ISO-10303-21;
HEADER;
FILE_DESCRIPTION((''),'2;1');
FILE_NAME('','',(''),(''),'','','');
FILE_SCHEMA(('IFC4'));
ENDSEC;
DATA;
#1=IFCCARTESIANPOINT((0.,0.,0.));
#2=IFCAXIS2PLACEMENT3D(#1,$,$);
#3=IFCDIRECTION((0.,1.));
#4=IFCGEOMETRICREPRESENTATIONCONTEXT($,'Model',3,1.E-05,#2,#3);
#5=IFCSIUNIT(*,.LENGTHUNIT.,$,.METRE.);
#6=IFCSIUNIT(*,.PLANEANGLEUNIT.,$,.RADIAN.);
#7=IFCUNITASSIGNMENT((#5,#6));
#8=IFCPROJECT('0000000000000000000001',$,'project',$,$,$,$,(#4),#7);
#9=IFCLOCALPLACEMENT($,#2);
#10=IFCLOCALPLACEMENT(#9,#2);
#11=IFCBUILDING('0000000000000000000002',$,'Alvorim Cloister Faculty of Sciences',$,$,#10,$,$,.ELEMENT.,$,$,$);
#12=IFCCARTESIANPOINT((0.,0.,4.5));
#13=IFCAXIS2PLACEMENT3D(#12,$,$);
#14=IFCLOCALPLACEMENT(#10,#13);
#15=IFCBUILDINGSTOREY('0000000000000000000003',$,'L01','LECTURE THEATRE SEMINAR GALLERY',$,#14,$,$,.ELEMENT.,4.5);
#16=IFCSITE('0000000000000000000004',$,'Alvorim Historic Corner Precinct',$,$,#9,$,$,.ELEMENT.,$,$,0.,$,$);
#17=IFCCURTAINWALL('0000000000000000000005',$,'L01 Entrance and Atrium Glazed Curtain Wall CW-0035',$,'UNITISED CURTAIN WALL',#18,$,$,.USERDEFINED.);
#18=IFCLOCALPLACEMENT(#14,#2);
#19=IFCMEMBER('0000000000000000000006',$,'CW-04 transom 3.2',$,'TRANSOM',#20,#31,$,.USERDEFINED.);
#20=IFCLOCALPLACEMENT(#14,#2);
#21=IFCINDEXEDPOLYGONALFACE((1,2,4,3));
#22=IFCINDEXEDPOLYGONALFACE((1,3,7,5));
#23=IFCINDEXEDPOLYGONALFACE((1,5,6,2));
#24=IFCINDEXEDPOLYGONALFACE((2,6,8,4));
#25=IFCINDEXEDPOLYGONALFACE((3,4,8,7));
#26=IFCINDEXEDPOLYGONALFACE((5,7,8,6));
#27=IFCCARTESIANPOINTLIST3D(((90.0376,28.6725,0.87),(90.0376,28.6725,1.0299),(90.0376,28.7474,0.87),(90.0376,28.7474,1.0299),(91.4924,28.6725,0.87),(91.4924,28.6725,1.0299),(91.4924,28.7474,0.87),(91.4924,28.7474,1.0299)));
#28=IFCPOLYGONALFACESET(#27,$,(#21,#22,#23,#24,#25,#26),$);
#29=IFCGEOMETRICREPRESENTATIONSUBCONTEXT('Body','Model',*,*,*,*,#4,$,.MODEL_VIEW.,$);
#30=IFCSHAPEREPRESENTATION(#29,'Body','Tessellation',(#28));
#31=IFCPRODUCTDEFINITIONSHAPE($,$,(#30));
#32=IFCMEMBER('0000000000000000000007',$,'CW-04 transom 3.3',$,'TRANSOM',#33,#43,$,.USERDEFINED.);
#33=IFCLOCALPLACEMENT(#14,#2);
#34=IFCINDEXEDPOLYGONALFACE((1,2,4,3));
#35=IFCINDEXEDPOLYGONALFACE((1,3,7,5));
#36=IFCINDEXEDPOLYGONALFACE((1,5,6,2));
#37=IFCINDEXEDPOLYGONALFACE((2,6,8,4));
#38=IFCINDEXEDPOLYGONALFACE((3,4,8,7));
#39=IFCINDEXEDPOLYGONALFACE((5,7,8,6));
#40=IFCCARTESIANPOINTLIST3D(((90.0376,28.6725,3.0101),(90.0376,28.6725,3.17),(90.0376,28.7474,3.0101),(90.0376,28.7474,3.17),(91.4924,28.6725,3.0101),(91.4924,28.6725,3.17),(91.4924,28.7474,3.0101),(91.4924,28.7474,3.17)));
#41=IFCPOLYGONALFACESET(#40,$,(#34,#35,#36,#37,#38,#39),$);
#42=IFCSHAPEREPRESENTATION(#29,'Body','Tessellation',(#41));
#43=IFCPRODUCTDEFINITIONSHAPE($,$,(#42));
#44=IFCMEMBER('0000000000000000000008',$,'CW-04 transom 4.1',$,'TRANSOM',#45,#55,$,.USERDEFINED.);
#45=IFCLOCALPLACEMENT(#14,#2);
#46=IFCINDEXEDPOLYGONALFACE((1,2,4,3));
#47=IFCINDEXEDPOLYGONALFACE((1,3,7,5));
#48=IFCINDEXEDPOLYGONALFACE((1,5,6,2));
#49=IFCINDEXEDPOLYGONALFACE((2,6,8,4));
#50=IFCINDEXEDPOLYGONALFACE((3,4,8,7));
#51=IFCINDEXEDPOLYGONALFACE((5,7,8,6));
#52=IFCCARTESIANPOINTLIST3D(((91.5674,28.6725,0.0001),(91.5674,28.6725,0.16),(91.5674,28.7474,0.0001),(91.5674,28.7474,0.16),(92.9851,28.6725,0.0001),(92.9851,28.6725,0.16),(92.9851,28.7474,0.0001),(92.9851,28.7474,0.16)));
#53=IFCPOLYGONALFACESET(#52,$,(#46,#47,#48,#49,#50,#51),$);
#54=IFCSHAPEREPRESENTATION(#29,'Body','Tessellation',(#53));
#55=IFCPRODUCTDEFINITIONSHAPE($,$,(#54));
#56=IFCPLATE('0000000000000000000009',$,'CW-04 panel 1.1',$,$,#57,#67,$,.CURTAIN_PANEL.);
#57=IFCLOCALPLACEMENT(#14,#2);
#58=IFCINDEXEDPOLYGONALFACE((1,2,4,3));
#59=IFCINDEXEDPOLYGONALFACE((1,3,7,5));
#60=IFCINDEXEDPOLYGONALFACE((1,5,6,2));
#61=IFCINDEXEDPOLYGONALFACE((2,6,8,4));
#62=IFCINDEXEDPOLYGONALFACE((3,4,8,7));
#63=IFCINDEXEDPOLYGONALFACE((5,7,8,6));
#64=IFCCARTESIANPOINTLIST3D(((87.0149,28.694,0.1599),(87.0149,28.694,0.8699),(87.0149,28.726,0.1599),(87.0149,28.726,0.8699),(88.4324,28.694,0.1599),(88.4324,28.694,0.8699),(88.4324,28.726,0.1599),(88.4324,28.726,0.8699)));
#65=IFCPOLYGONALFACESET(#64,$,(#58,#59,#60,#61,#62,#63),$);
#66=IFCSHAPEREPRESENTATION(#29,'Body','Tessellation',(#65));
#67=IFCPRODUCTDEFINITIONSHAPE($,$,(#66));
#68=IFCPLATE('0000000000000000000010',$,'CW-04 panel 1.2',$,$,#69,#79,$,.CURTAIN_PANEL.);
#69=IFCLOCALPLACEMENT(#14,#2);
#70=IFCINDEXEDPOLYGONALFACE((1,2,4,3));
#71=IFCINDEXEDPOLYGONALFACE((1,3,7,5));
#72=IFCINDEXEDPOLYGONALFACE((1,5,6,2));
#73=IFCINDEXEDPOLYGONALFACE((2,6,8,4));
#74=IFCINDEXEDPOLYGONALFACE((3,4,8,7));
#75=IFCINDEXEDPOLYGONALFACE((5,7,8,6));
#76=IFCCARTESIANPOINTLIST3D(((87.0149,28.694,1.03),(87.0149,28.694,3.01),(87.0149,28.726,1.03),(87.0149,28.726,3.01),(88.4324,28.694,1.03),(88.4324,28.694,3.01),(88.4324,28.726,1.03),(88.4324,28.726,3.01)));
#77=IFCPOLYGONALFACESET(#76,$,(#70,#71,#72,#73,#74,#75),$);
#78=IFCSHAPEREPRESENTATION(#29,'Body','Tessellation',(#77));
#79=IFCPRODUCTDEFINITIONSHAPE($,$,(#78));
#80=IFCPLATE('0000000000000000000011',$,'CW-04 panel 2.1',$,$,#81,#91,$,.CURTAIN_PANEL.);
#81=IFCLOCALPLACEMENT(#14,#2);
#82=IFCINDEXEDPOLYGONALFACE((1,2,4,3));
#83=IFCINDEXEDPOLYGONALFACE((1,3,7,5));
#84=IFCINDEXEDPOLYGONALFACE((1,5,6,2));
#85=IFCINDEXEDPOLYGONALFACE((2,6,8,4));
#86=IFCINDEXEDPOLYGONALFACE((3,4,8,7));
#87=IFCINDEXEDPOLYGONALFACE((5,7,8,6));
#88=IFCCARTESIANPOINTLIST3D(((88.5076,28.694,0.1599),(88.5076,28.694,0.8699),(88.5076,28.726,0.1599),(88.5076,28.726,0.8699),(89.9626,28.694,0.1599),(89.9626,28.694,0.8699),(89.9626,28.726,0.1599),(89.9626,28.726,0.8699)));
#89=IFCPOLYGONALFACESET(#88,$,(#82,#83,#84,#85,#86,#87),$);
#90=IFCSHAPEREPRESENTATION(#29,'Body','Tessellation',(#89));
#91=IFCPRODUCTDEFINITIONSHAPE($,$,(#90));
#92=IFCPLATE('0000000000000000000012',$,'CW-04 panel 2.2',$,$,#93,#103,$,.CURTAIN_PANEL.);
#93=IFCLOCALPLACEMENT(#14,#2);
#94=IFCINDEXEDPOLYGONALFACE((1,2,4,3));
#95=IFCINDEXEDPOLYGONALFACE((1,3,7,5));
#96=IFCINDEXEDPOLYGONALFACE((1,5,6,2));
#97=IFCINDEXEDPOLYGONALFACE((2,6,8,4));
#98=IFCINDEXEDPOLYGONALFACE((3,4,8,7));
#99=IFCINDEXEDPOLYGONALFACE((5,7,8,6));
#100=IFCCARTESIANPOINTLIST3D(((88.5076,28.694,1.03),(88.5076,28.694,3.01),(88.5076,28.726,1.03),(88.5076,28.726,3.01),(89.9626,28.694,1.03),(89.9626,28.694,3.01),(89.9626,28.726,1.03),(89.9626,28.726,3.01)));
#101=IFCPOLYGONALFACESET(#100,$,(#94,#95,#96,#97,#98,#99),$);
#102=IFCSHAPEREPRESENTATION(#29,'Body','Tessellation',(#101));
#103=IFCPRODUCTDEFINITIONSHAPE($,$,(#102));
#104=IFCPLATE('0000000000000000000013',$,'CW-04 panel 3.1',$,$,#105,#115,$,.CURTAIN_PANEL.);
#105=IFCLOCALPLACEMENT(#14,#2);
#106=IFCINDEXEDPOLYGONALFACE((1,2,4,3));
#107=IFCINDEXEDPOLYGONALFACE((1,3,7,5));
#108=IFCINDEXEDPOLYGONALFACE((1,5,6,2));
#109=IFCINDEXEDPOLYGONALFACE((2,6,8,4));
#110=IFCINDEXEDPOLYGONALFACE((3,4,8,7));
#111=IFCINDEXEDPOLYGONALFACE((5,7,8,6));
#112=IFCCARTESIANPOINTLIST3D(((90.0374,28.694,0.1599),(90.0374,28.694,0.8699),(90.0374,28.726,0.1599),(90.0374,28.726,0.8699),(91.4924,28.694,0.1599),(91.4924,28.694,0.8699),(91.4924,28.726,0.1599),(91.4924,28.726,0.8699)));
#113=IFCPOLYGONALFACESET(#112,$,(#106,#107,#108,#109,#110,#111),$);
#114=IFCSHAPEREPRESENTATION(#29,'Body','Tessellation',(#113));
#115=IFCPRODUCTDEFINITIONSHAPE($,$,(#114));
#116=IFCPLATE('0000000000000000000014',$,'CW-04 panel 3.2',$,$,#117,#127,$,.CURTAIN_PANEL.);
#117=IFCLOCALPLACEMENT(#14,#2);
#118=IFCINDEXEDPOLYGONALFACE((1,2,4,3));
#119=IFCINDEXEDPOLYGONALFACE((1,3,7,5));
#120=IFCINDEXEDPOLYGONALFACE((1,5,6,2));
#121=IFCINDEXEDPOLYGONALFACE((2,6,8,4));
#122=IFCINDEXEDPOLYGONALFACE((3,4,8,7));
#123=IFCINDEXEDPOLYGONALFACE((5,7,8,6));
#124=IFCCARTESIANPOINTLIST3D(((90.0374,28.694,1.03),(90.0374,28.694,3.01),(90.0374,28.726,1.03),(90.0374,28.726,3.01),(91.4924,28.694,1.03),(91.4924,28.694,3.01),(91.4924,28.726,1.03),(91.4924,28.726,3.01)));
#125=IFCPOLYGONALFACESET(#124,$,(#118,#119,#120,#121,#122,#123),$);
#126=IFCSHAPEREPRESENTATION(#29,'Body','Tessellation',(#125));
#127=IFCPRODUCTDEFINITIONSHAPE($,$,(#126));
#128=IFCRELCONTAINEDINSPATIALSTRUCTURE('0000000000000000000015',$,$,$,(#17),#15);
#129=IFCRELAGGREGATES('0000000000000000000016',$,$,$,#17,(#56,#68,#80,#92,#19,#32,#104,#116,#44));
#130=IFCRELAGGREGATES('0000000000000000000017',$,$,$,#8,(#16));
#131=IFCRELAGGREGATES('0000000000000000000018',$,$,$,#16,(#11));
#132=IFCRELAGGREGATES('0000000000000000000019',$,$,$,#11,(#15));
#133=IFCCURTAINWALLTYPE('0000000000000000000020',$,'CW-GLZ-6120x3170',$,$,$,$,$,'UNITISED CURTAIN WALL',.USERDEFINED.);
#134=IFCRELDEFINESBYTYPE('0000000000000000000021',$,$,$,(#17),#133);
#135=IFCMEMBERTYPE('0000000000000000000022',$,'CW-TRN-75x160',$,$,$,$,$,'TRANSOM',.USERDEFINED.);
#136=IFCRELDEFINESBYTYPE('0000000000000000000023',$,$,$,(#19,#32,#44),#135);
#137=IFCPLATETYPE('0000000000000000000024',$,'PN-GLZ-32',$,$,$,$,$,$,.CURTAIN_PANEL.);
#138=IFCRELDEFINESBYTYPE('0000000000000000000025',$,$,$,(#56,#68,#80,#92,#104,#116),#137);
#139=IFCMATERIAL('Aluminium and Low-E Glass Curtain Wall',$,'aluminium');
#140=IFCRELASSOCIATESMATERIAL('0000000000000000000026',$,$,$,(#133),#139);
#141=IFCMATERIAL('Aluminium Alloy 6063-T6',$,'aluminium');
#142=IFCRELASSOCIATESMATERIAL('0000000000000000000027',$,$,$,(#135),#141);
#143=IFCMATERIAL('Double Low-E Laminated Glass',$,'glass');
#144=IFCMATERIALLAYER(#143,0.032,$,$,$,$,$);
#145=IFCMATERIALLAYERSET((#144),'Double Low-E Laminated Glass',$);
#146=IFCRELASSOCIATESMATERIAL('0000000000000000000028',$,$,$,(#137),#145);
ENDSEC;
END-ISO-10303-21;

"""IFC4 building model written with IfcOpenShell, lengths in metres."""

from ifc_helpers import new_model, si_unit, direction, frame, origin, origin_2d, place, context, subcontext, project, spatial, rectangle, extrude, material, layer, layer_set, material_profile, profile_set, type_object, element, aggregate, save


model = new_model("IFC4")

# Units and contexts
model_context = context("Model", 3, precision=1e-05, world=origin(), true_north=direction((0.0, 1.0)))
body_context = subcontext(model_context, "Body", "Model", "MODEL_VIEW")
ifc_project = project(units=[si_unit("LENGTHUNIT", "METRE"), si_unit("PLANEANGLEUNIT", "RADIAN")], contexts=[model_context])

# Site, building, storey
site_placement = place(None, origin())
site = spatial("IfcSite", under=ifc_project, at=site_placement, Name="Alvorim Historic Corner Precinct", CompositionType="ELEMENT", RefElevation=0.0)
building_placement = place(site_placement, origin())
building = spatial("IfcBuilding", under=site, at=building_placement, Name="Alvorim Cloister Faculty of Sciences", CompositionType="ELEMENT")
storey_placement = place(building_placement, frame((0.0, 0.0, 4.5)))
storey = spatial("IfcBuildingStorey", under=building, at=storey_placement, Name="L01", Description="LECTURE THEATRE SEMINAR GALLERY", CompositionType="ELEMENT", Elevation=4.5)

# Curtain wall, members, plates
ifc_material_1 = material(Name="Aluminium and Low-E Glass Curtain Wall", Category="aluminium")
curtain_wall_type = type_object("IfcCurtainWallType", Name="CW-GLZ-6120x3170", ElementType="UNITISED CURTAIN WALL", PredefinedType="USERDEFINED", material=ifc_material_1)
curtain_wall_placement = place(storey_placement, origin())
curtain_wall = element("IfcCurtainWall", 1, at=curtain_wall_placement, inside=storey, type_object=curtain_wall_type, Name="L01 Entrance and Atrium Glazed Curtain Wall CW-0035", ObjectType="UNITISED CURTAIN WALL", PredefinedType="USERDEFINED")
ifc_material_2 = material(Name="Aluminium Alloy 6063-T6", Category="aluminium")
ifc_material_profile_1 = material_profile(ifc_material_2, rectangle(XDim=0.075, YDim=0.1599, at=origin_2d()), Name="ALU-TRN-75x160")
ifc_profile_set_1 = profile_set([ifc_material_profile_1], Name="Aluminium Alloy 6063-T6")
member_type_1 = type_object("IfcMemberType", Name="CW-TRN-75x160", ElementType="TRANSOM", PredefinedType="USERDEFINED", material=ifc_profile_set_1)
member_1_placement = place(storey_placement, frame((90.0376, 28.71, 0.95), z_axis=(1.0, 0.0, 0.0), x_axis=(0.0, 1.0, 0.0)))
member_1 = element("IfcMember", 2, at=member_1_placement, type_object=member_type_1, Name="CW-04 transom 3.2", ObjectType="TRANSOM", PredefinedType="USERDEFINED", context=body_context, shape_type="SweptSolid", body=[
    extrude(rectangle(XDim=0.075, YDim=0.1599, at=origin_2d()), origin(), (0.0, 0.0, 1.0), 1.4548),
])
member_2_placement = place(storey_placement, frame((90.0376, 28.71, 3.0901), z_axis=(1.0, 0.0, 0.0), x_axis=(0.0, 1.0, 0.0)))
member_2 = element("IfcMember", 3, at=member_2_placement, type_object=member_type_1, Name="CW-04 transom 3.3", ObjectType="TRANSOM", PredefinedType="USERDEFINED", context=body_context, shape_type="SweptSolid", body=[
    extrude(rectangle(XDim=0.075, YDim=0.1599, at=origin_2d()), origin(), (0.0, 0.0, 1.0), 1.4548),
])
member_3_placement = place(storey_placement, frame((91.5674, 28.71, 0.0801), z_axis=(1.0, 0.0, 0.0), x_axis=(0.0, 1.0, 0.0)))
member_3 = element("IfcMember", 4, at=member_3_placement, type_object=member_type_1, Name="CW-04 transom 4.1", ObjectType="TRANSOM", PredefinedType="USERDEFINED", context=body_context, shape_type="SweptSolid", body=[
    extrude(rectangle(XDim=0.075, YDim=0.1599, at=origin_2d()), origin(), (0.0, 0.0, 1.0), 1.4177),
])
ifc_material_3 = material(Name="Double Low-E Laminated Glass", Category="glass")
ifc_layer = layer(ifc_material_3, 0.032)
ifc_layer_set = layer_set([ifc_layer], Name="Double Low-E Laminated Glass")
plate_type = type_object("IfcPlateType", Name="PN-GLZ-32", PredefinedType="CURTAIN_PANEL", material=ifc_layer_set)
plate_1_placement = place(storey_placement, frame((87.7236, 28.71, 0.1599), z_axis=(0.0, 0.0, 1.0), x_axis=(1.0, 0.0, 0.0)))
plate_1 = element("IfcPlate", 5, at=plate_1_placement, type_object=plate_type, Name="CW-04 panel 1.1", PredefinedType="CURTAIN_PANEL", context=body_context, shape_type="SweptSolid", body=[
    extrude(rectangle(XDim=1.4175, YDim=0.032, at=origin_2d()), origin(), (0.0, 0.0, 1.0), 0.71),
])
plate_2_placement = place(storey_placement, frame((87.7236, 28.71, 1.03), z_axis=(0.0, 0.0, 1.0), x_axis=(1.0, 0.0, 0.0)))
plate_2 = element("IfcPlate", 6, at=plate_2_placement, type_object=plate_type, Name="CW-04 panel 1.2", PredefinedType="CURTAIN_PANEL", context=body_context, shape_type="SweptSolid", body=[
    extrude(rectangle(XDim=1.4175, YDim=0.032, at=origin_2d()), origin(), (0.0, 0.0, 1.0), 1.98),
])
plate_3_placement = place(storey_placement, frame((89.2351, 28.71, 0.1599), z_axis=(0.0, 0.0, 1.0), x_axis=(1.0, 0.0, 0.0)))
plate_3 = element("IfcPlate", 7, at=plate_3_placement, type_object=plate_type, Name="CW-04 panel 2.1", PredefinedType="CURTAIN_PANEL", context=body_context, shape_type="SweptSolid", body=[
    extrude(rectangle(XDim=1.4551, YDim=0.032, at=origin_2d()), origin(), (0.0, 0.0, 1.0), 0.71),
])
plate_4_placement = place(storey_placement, frame((89.2351, 28.71, 1.03), z_axis=(0.0, 0.0, 1.0), x_axis=(1.0, 0.0, 0.0)))
plate_4 = element("IfcPlate", 8, at=plate_4_placement, type_object=plate_type, Name="CW-04 panel 2.2", PredefinedType="CURTAIN_PANEL", context=body_context, shape_type="SweptSolid", body=[
    extrude(rectangle(XDim=1.4551, YDim=0.032, at=origin_2d()), origin(), (0.0, 0.0, 1.0), 1.98),
])
plate_5_placement = place(storey_placement, frame((90.7649, 28.71, 0.1599), z_axis=(0.0, 0.0, 1.0), x_axis=(1.0, 0.0, 0.0)))
plate_5 = element("IfcPlate", 9, at=plate_5_placement, type_object=plate_type, Name="CW-04 panel 3.1", PredefinedType="CURTAIN_PANEL", context=body_context, shape_type="SweptSolid", body=[
    extrude(rectangle(XDim=1.4551, YDim=0.032, at=origin_2d()), origin(), (0.0, 0.0, 1.0), 0.71),
])
plate_6_placement = place(storey_placement, frame((90.7649, 28.71, 1.03), z_axis=(0.0, 0.0, 1.0), x_axis=(1.0, 0.0, 0.0)))
plate_6 = element("IfcPlate", 10, at=plate_6_placement, type_object=plate_type, Name="CW-04 panel 3.2", PredefinedType="CURTAIN_PANEL", context=body_context, shape_type="SweptSolid", body=[
    extrude(rectangle(XDim=1.4551, YDim=0.032, at=origin_2d()), origin(), (0.0, 0.0, 1.0), 1.98),
])
aggregate(curtain_wall, [plate_1, plate_2, plate_3, plate_4, member_1, member_2, plate_5, plate_6, member_3])

save(model, "model.ifc")
